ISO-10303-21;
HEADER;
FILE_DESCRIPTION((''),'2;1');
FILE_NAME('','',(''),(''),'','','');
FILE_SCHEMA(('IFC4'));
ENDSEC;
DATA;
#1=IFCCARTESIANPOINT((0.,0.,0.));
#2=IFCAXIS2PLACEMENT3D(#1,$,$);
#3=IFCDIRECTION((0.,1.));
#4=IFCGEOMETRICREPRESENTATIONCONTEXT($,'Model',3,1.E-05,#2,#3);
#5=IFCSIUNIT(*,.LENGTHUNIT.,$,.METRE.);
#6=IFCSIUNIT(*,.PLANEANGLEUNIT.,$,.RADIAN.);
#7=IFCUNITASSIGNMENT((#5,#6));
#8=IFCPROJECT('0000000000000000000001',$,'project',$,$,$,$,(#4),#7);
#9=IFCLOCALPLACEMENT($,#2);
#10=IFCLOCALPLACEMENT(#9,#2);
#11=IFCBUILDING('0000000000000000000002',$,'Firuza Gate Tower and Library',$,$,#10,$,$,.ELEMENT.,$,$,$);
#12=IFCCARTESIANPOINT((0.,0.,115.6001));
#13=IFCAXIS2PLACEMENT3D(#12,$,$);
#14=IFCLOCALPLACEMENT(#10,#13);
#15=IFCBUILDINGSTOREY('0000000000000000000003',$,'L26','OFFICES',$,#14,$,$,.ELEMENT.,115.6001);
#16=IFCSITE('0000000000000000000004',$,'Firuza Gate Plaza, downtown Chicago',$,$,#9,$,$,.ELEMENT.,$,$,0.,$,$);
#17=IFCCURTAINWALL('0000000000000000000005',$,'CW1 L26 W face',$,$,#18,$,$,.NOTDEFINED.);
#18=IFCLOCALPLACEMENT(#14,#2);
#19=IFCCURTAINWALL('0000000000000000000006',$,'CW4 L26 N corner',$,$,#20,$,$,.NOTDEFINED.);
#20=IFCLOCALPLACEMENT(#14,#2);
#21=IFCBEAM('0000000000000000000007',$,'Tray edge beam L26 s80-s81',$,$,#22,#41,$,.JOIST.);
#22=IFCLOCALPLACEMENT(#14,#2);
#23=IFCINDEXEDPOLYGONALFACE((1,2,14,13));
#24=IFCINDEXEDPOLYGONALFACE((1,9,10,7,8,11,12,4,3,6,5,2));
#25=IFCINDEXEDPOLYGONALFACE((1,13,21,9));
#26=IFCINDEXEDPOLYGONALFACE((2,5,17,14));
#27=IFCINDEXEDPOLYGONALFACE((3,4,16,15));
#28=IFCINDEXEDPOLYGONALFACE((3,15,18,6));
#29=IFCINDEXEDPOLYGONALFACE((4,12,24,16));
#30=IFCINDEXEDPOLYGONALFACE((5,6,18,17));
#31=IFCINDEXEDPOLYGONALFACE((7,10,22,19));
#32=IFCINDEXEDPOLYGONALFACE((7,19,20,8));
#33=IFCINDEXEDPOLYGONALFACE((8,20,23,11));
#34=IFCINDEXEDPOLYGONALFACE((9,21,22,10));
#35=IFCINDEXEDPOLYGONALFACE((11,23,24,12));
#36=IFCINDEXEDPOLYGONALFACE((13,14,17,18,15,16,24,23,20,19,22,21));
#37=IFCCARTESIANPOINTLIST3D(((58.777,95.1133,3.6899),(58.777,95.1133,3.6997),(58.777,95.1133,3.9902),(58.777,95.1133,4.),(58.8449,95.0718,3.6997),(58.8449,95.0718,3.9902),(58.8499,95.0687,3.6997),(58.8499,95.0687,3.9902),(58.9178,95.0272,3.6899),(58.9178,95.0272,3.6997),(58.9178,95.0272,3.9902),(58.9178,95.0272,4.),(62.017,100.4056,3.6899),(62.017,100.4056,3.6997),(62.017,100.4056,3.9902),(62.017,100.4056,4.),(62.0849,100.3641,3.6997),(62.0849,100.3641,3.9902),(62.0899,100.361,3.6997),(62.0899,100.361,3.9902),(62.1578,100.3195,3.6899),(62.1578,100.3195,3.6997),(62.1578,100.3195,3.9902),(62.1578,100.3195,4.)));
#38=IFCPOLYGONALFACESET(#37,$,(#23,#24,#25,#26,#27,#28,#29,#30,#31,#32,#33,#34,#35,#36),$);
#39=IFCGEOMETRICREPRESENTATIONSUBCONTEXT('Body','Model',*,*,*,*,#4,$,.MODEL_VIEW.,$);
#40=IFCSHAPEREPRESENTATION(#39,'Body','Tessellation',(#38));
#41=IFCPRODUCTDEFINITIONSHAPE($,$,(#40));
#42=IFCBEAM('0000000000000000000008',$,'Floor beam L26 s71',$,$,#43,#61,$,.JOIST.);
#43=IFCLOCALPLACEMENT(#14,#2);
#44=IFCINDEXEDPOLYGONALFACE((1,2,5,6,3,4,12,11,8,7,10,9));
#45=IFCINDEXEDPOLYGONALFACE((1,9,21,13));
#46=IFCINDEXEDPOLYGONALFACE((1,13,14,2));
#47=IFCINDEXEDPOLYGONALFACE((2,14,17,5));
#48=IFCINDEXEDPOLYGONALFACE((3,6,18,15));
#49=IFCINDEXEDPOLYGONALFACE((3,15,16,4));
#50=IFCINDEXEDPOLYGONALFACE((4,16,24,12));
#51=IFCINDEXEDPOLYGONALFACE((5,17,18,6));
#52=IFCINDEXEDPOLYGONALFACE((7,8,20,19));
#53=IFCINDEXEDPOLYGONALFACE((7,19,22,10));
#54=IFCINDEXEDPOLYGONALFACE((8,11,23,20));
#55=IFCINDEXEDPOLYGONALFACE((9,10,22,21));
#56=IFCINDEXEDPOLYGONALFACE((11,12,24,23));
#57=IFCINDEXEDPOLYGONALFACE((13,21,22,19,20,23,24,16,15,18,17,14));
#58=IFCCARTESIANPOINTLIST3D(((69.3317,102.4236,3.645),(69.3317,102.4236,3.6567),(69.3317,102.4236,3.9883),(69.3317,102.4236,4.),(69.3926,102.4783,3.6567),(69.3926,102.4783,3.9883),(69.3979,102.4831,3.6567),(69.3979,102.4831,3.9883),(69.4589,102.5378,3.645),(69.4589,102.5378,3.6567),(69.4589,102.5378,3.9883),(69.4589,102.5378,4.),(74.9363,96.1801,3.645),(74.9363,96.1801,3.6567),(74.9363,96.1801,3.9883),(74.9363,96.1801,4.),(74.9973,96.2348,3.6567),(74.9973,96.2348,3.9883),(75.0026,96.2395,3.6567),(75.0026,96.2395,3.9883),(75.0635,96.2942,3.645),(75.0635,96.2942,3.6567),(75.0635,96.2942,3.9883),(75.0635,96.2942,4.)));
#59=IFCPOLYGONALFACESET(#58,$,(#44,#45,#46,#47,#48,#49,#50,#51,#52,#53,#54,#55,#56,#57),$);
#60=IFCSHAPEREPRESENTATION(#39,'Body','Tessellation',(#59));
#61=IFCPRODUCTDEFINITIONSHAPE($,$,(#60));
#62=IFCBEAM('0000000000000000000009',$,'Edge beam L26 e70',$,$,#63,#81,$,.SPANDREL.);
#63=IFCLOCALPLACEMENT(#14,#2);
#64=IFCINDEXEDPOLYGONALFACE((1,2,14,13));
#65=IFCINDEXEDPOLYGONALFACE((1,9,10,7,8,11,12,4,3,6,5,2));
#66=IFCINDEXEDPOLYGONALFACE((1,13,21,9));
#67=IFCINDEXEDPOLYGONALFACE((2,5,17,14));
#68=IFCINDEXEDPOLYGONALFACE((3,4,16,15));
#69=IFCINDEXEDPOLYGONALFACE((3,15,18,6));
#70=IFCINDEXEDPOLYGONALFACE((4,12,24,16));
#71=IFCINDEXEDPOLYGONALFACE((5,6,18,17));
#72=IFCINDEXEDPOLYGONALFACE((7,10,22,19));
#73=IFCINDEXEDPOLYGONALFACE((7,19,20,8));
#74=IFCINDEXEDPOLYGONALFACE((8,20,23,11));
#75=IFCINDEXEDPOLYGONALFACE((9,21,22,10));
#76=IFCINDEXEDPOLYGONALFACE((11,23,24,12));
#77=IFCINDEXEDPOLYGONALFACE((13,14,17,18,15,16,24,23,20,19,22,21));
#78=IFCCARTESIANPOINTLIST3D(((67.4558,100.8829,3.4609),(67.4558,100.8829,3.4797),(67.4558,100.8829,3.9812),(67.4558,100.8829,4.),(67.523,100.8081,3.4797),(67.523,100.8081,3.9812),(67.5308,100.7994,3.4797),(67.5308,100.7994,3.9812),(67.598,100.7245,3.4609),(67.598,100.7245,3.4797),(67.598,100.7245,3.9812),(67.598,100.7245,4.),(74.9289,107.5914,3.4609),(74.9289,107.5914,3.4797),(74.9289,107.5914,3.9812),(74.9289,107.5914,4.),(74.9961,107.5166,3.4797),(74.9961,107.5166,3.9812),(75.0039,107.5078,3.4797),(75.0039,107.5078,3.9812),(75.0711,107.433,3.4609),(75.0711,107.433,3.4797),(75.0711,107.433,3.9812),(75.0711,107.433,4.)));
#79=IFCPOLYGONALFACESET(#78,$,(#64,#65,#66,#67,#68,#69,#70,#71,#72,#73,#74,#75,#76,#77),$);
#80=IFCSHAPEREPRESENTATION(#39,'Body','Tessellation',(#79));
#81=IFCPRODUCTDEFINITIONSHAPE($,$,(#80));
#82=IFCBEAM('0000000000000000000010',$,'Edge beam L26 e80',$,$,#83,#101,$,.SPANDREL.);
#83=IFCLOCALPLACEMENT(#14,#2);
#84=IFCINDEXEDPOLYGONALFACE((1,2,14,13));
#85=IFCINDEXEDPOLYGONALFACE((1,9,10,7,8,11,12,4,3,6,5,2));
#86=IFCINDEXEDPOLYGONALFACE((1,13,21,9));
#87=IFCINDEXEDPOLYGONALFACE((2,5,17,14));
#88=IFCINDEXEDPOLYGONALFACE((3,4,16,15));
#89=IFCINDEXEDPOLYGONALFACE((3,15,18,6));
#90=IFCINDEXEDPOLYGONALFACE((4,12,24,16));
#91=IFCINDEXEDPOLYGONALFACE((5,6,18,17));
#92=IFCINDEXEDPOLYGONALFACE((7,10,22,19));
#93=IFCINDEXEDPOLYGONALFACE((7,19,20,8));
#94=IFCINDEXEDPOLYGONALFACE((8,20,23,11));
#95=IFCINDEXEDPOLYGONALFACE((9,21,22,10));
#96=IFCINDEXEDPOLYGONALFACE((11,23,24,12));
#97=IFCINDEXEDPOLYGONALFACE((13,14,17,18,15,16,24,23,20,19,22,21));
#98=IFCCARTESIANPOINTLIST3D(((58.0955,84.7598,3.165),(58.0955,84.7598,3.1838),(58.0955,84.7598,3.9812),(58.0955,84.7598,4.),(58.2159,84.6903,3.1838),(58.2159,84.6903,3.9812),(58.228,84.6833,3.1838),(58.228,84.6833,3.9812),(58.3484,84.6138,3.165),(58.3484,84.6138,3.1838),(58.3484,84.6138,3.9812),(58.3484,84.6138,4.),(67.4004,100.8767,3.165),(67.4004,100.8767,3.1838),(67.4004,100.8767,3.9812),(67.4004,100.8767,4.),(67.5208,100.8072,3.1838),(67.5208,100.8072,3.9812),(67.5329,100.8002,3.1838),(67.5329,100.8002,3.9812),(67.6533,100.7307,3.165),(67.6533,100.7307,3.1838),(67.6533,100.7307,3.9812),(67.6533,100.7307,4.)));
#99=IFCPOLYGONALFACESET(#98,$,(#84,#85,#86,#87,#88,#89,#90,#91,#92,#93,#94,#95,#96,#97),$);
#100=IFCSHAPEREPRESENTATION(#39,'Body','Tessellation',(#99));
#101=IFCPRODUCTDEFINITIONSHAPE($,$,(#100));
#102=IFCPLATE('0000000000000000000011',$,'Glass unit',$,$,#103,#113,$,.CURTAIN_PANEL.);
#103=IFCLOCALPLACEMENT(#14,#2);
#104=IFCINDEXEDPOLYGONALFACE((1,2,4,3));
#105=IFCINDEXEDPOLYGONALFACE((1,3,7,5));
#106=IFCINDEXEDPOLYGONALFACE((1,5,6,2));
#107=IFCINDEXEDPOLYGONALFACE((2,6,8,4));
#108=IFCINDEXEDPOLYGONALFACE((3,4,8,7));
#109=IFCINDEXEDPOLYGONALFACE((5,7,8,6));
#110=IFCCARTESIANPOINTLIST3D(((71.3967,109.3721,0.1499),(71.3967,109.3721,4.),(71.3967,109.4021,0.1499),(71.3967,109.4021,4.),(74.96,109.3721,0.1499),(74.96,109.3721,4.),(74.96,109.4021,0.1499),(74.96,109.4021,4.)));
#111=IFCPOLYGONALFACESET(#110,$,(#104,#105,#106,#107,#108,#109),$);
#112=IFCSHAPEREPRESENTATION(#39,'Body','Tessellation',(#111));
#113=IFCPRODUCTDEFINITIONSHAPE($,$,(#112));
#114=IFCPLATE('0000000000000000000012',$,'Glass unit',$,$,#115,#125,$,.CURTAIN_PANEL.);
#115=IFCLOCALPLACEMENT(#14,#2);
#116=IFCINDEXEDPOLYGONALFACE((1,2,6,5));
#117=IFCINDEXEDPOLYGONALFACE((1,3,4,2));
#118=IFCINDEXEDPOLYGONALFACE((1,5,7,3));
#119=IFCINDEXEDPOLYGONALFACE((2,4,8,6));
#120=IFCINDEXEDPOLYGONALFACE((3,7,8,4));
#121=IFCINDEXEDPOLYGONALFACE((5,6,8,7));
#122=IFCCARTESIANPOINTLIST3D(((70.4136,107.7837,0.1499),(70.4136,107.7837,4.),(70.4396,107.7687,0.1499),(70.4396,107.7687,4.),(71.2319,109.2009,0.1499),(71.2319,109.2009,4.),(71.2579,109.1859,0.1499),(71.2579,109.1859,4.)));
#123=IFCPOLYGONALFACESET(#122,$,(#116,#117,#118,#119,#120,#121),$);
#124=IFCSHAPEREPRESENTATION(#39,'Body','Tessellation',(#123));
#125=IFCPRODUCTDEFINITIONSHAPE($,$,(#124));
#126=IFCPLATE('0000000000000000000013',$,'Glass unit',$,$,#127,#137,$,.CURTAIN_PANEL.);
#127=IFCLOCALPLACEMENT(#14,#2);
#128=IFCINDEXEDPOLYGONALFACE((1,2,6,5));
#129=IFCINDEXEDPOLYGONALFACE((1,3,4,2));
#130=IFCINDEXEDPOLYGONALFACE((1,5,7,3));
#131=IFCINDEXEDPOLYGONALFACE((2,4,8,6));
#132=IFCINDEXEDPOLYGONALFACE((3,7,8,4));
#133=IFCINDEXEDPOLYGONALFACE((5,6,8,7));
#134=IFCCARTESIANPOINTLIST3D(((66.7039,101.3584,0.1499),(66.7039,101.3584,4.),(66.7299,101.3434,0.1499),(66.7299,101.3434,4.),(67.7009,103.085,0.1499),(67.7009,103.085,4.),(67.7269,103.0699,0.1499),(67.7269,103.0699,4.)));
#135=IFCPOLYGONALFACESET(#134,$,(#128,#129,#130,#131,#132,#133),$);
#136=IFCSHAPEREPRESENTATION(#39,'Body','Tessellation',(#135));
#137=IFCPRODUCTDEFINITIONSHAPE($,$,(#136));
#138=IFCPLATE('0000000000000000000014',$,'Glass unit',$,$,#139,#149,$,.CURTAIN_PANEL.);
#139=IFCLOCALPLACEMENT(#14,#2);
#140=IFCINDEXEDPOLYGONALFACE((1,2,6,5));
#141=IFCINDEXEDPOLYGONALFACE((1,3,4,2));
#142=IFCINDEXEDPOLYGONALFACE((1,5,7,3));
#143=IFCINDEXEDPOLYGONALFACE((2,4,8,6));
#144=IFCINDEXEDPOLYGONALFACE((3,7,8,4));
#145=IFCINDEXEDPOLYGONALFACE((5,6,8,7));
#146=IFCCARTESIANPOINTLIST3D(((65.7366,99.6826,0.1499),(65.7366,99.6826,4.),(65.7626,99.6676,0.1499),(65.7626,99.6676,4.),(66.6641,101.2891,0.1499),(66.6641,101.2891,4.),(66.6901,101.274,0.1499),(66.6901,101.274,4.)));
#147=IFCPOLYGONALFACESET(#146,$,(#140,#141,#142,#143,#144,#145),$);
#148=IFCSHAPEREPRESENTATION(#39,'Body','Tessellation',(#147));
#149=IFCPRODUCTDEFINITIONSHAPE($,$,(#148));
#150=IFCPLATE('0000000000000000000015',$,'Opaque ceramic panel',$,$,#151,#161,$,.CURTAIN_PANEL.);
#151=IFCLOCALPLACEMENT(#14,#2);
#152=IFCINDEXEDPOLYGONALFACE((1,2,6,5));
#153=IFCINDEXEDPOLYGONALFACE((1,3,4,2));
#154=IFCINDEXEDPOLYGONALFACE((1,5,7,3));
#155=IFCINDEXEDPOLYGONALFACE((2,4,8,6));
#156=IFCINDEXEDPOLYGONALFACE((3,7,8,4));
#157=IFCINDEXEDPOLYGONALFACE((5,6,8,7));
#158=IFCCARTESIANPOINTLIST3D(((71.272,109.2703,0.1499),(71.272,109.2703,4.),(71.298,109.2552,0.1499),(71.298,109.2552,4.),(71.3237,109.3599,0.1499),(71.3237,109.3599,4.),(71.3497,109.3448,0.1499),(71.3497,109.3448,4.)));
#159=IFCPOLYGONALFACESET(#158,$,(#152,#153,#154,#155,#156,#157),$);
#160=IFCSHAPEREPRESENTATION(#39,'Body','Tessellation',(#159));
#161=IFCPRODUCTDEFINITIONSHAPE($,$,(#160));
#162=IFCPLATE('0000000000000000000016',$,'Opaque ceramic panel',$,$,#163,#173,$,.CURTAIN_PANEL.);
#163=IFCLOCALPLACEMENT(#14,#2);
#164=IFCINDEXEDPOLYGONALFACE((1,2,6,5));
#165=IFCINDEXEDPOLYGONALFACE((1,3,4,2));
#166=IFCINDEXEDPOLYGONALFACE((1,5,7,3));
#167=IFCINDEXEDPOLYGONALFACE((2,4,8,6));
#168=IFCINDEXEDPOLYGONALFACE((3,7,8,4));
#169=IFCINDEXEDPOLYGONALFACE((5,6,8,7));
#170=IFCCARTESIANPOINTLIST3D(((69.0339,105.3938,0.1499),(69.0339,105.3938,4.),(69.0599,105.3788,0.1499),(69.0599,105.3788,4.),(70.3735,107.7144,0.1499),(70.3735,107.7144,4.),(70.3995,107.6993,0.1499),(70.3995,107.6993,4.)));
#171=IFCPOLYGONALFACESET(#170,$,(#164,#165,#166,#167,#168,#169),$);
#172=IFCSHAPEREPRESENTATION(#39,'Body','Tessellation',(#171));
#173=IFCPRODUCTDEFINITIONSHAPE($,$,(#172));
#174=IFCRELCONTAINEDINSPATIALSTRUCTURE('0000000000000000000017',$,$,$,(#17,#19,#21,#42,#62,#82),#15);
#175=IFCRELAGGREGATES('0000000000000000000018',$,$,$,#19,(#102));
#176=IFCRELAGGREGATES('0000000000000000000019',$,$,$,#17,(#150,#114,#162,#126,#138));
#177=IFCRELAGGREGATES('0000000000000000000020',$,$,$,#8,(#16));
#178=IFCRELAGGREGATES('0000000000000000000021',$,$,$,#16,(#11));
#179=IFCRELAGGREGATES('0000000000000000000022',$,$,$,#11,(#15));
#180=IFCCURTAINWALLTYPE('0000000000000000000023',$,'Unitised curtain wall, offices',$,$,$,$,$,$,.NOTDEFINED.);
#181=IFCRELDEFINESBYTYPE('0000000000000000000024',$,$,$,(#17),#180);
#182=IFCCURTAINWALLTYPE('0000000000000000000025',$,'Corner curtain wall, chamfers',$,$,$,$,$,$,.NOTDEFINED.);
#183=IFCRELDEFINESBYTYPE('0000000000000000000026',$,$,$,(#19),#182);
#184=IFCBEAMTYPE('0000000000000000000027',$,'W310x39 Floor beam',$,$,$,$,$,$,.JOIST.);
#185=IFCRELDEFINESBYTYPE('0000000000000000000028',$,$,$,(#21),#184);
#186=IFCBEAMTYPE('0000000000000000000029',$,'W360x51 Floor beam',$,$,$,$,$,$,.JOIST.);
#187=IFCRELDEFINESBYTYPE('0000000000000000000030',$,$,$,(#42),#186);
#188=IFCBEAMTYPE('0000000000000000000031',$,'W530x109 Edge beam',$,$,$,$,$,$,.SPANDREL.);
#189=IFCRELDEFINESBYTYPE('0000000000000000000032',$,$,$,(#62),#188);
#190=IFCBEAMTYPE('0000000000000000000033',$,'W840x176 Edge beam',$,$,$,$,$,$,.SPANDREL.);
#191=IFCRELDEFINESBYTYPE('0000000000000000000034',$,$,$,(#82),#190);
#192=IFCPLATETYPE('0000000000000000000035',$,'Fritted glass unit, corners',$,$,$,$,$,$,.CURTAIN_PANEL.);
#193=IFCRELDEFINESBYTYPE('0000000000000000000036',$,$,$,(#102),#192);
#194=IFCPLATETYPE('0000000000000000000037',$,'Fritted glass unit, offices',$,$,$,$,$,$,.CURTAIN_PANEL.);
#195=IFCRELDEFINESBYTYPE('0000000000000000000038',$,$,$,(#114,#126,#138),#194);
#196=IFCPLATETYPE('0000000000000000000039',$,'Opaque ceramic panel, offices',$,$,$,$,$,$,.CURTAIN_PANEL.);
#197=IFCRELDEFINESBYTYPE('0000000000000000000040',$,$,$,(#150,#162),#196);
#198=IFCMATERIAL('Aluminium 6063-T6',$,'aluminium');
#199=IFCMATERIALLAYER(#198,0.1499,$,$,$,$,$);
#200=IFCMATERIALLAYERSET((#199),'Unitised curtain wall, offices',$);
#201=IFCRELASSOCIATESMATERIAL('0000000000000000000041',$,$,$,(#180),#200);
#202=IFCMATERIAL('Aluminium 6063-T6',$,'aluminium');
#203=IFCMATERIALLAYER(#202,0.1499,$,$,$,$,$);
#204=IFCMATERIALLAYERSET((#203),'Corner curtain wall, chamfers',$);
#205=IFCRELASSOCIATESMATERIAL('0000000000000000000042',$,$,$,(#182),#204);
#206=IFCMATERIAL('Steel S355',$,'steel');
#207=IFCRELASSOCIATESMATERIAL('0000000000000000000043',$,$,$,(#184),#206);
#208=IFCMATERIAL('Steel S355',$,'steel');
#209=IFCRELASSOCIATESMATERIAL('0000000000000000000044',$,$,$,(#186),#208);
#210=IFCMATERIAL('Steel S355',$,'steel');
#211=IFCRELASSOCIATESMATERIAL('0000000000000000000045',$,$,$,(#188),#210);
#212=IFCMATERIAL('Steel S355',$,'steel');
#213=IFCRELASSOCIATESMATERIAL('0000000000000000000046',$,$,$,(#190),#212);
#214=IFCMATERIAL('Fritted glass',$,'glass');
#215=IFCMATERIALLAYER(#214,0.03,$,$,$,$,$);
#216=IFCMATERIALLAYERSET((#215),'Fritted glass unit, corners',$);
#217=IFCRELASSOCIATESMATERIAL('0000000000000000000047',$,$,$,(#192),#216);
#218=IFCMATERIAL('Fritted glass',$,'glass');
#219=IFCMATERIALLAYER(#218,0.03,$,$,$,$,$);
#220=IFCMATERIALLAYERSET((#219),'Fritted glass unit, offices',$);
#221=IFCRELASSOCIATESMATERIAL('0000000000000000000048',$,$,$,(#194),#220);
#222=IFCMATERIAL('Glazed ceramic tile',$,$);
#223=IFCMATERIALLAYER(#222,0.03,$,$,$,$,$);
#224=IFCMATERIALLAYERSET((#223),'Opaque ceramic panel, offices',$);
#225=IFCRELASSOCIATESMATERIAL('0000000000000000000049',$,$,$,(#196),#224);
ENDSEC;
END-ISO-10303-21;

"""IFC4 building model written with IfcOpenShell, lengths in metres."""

from ifc_helpers import new_model, si_unit, direction, frame, origin, origin_2d, place, context, subcontext, project, spatial, polyline, i_section, outline, extrude, material, layer, layer_set, material_profile, profile_set, type_object, element, aggregate, save


model = new_model("IFC4")

# Units and contexts
model_context = context("Model", 3, precision=1e-05, world=origin(), true_north=direction((0.0, 1.0)))
body_context = subcontext(model_context, "Body", "Model", "MODEL_VIEW")
ifc_project = project(units=[si_unit("LENGTHUNIT", "METRE"), si_unit("PLANEANGLEUNIT", "RADIAN")], contexts=[model_context])

# Site, building, storey
site_placement = place(None, origin())
site = spatial("IfcSite", under=ifc_project, at=site_placement, Name="Firuza Gate Plaza, downtown Chicago", CompositionType="ELEMENT", RefElevation=0.0)
building_placement = place(site_placement, origin())
building = spatial("IfcBuilding", under=site, at=building_placement, Name="Firuza Gate Tower and Library", CompositionType="ELEMENT")
storey_placement = place(building_placement, frame((0.0, 0.0, 115.6001)))
storey = spatial("IfcBuildingStorey", under=building, at=storey_placement, Name="L26", Description="OFFICES", CompositionType="ELEMENT", Elevation=115.6001)

# Curtain wall
ifc_material_1 = material(Name="Aluminium 6063-T6", Category="aluminium")
ifc_layer_1 = layer(ifc_material_1, 0.1499)
ifc_layer_set_1 = layer_set([ifc_layer_1], Name="Unitised curtain wall, offices")
curtain_wall_type_1 = type_object("IfcCurtainWallType", Name="Unitised curtain wall, offices", PredefinedType="NOTDEFINED", material=ifc_layer_set_1)
placement = place(storey_placement, origin())
curtain_wall_1 = element("IfcCurtainWall", 1, at=placement, inside=storey, type_object=curtain_wall_type_1, Name="CW1 L26 W face", PredefinedType="NOTDEFINED")

# Curtain wall
ifc_material_2 = material(Name="Aluminium 6063-T6", Category="aluminium")
ifc_layer_2 = layer(ifc_material_2, 0.1499)
ifc_layer_set_2 = layer_set([ifc_layer_2], Name="Corner curtain wall, chamfers")
curtain_wall_type_2 = type_object("IfcCurtainWallType", Name="Corner curtain wall, chamfers", PredefinedType="NOTDEFINED", material=ifc_layer_set_2)
curtain_wall_2 = element("IfcCurtainWall", 2, at=placement, inside=storey, type_object=curtain_wall_type_2, Name="CW4 L26 N corner", PredefinedType="NOTDEFINED")

# Beams
ifc_material_3 = material(Name="Steel S355", Category="steel")
ifc_material_profile_1 = material_profile(ifc_material_3, i_section(OverallWidth=0.165, OverallDepth=0.3101, WebThickness=0.0059, FlangeThickness=0.0098, at=origin_2d()))
ifc_profile_set_1 = profile_set([ifc_material_profile_1], Name="Steel S355")
beam_type_1 = type_object("IfcBeamType", Name="W310x39 Floor beam", PredefinedType="JOIST", material=ifc_profile_set_1)
beam_1_placement = place(storey_placement, frame((62.0874, 100.3625, 3.845), z_axis=(-0.522136, -0.852862, 0.0), x_axis=(0.852862, -0.522136, 0.0)))
element("IfcBeam", 3, at=beam_1_placement, inside=storey, type_object=beam_type_1, Name="Tray edge beam L26 s80-s81", PredefinedType="JOIST", context=body_context, shape_type="SweptSolid", body=[
    extrude(i_section(OverallWidth=0.165, OverallDepth=0.3101, WebThickness=0.0059, FlangeThickness=0.0098, at=origin_2d()), origin(), (0.0, 0.0, 1.0), 6.2053),
])
ifc_material_4 = material(Name="Steel S355", Category="steel")
ifc_material_profile_2 = material_profile(ifc_material_4, i_section(OverallWidth=0.1709, OverallDepth=0.355, WebThickness=0.0071, FlangeThickness=0.0117, at=origin_2d()))
ifc_profile_set_2 = profile_set([ifc_material_profile_2], Name="Steel S355")
beam_type_2 = type_object("IfcBeamType", Name="W360x51 Floor beam", PredefinedType="JOIST", material=ifc_profile_set_2)
beam_2_placement = place(storey_placement, frame((69.3953, 102.4807, 3.8225), z_axis=(0.668006, -0.744156, 0.0), x_axis=(0.744156, 0.668006, 0.0)))
element("IfcBeam", 4, at=beam_2_placement, inside=storey, type_object=beam_type_2, Name="Floor beam L26 s71", PredefinedType="JOIST", context=body_context, shape_type="SweptSolid", body=[
    extrude(i_section(OverallWidth=0.1709, OverallDepth=0.355, WebThickness=0.0071, FlangeThickness=0.0117, at=origin_2d()), origin(), (0.0, 0.0, 1.0), 8.3901),
])
ifc_material_5 = material(Name="Steel S355", Category="steel")
ifc_material_profile_3 = material_profile(ifc_material_5, i_section(OverallWidth=0.2129, OverallDepth=0.5391, WebThickness=0.0117, FlangeThickness=0.0188, at=origin_2d()))
ifc_profile_set_3 = profile_set([ifc_material_profile_3], Name="Steel S355")
beam_type_3 = type_object("IfcBeamType", Name="W530x109 Edge beam", PredefinedType="SPANDREL", material=ifc_profile_set_3)
beam_3_placement = place(storey_placement, frame((75.0, 107.5122, 3.7305), z_axis=(-0.744152, -0.668011, 0.0), x_axis=(0.668011, -0.744152, 0.0)))
element("IfcBeam", 5, at=beam_3_placement, inside=storey, type_object=beam_type_3, Name="Edge beam L26 e70", PredefinedType="SPANDREL", context=body_context, shape_type="SweptSolid", body=[
    extrude(i_section(OverallWidth=0.2129, OverallDepth=0.5391, WebThickness=0.0117, FlangeThickness=0.0188, at=origin_2d()), origin(), (0.0, 0.0, 1.0), 10.0425),
])
ifc_material_6 = material(Name="Steel S355", Category="steel")
ifc_material_profile_4 = material_profile(ifc_material_6, i_section(OverallWidth=0.292, OverallDepth=0.835, WebThickness=0.0139, FlangeThickness=0.0188, at=origin_2d()))
ifc_profile_set_4 = profile_set([ifc_material_profile_4], Name="Steel S355")
beam_type_4 = type_object("IfcBeamType", Name="W840x176 Edge beam", PredefinedType="SPANDREL", material=ifc_profile_set_4)
beam_4_placement = place(storey_placement, frame((67.5269, 100.8037, 3.5825), z_axis=(-0.499992, -0.86603, 0.0), x_axis=(0.86603, -0.499992, 0.0)))
element("IfcBeam", 6, at=beam_4_placement, inside=storey, type_object=beam_type_4, Name="Edge beam L26 e80", PredefinedType="SPANDREL", context=body_context, shape_type="SweptSolid", body=[
    extrude(i_section(OverallWidth=0.292, OverallDepth=0.835, WebThickness=0.0139, FlangeThickness=0.0188, at=origin_2d()), origin(), (0.0, 0.0, 1.0), 18.6101),
])

# Plates
ifc_material_7 = material(Name="Fritted glass", Category="glass")
ifc_layer_3 = layer(ifc_material_7, 0.03)
ifc_layer_set_3 = layer_set([ifc_layer_3], Name="Fritted glass unit, corners")
plate_type_1 = type_object("IfcPlateType", Name="Fritted glass unit, corners", PredefinedType="CURTAIN_PANEL", material=ifc_layer_set_3)
plate_1_placement = place(storey_placement, frame((74.96, 109.4021, 0.1499), z_axis=(0.0, 1.0, 0.0), x_axis=(-1.0, 0.0, 0.0)))
plate_1 = element("IfcPlate", 7, at=plate_1_placement, type_object=plate_type_1, Name="Glass unit", PredefinedType="CURTAIN_PANEL", context=body_context, shape_type="SweptSolid", body=[
    extrude(outline(polyline([(0.0, 0.0), (3.5632, 0.0), (3.5632, 3.8501), (0.0, 3.8501), (0.0, 0.0)])), origin(), (0.0, 0.0, -1.0), 0.03),
])
aggregate(curtain_wall_2, [plate_1])
ifc_material_8 = material(Name="Fritted glass", Category="glass")
ifc_layer_4 = layer(ifc_material_8, 0.03)
ifc_layer_set_4 = layer_set([ifc_layer_4], Name="Fritted glass unit, offices")
plate_type_2 = type_object("IfcPlateType", Name="Fritted glass unit, offices", PredefinedType="CURTAIN_PANEL", material=ifc_layer_set_4)
plate_2_placement = place(storey_placement, frame((71.2319, 109.2009, 0.1499), z_axis=(-0.865994, 0.500054, 0.0), x_axis=(-0.500054, -0.865994, 0.0)))
plate_2 = element("IfcPlate", 8, at=plate_2_placement, type_object=plate_type_2, Name="Glass unit", PredefinedType="CURTAIN_PANEL", context=body_context, shape_type="SweptSolid", body=[
    extrude(outline(polyline([(0.0, 0.0), (1.6365, 0.0), (1.6365, 3.8501), (0.0, 3.8501), (0.0, 0.0)])), origin(), (0.0, 0.0, -1.0), 0.03),
])
plate_3_placement = place(storey_placement, frame((67.7009, 103.085, 0.1499), z_axis=(-0.865973, 0.50009, 0.0), x_axis=(-0.50009, -0.865973, 0.0)))
plate_3 = element("IfcPlate", 9, at=plate_3_placement, type_object=plate_type_2, Name="Glass unit", PredefinedType="CURTAIN_PANEL", context=body_context, shape_type="SweptSolid", body=[
    extrude(outline(polyline([(0.0, 0.0), (1.9938, 0.0), (1.9938, 3.8501), (0.0, 3.8501), (0.0, 0.0)])), origin(), (0.0, 0.0, -1.0), 0.03),
])
plate_4_placement = place(storey_placement, frame((66.6641, 101.2891, 0.1499), z_axis=(-0.866023, 0.500003, 0.0), x_axis=(-0.500003, -0.866023, 0.0)))
plate_4 = element("IfcPlate", 10, at=plate_4_placement, type_object=plate_type_2, Name="Glass unit", PredefinedType="CURTAIN_PANEL", context=body_context, shape_type="SweptSolid", body=[
    extrude(outline(polyline([(0.0, 0.0), (1.855, 0.0), (1.855, 3.8501), (0.0, 3.8501), (0.0, 0.0)])), origin(), (0.0, 0.0, -1.0), 0.03),
])
ifc_material_9 = material(Name="Glazed ceramic tile")
ifc_layer_5 = layer(ifc_material_9, 0.03)
ifc_layer_set_5 = layer_set([ifc_layer_5], Name="Opaque ceramic panel, offices")
plate_type_3 = type_object("IfcPlateType", Name="Opaque ceramic panel, offices", PredefinedType="CURTAIN_PANEL", material=ifc_layer_set_5)
plate_5_placement = place(storey_placement, frame((71.3237, 109.3599, 0.1499), z_axis=(-0.86591, 0.500199, 0.0), x_axis=(-0.500199, -0.86591, 0.0)))
plate_5 = element("IfcPlate", 11, at=plate_5_placement, type_object=plate_type_3, Name="Opaque ceramic panel", PredefinedType="CURTAIN_PANEL", context=body_context, shape_type="SweptSolid", body=[
    extrude(outline(polyline([(0.0, 0.0), (0.1035, 0.0), (0.1035, 3.8501), (0.0, 3.8501), (0.0, 0.0)])), origin(), (0.0, 0.0, -1.0), 0.03),
])
plate_6_placement = place(storey_placement, frame((70.3735, 107.7144, 0.1499), z_axis=(-0.866054, 0.499951, 0.0), x_axis=(-0.499951, -0.866054, 0.0)))
plate_6 = element("IfcPlate", 12, at=plate_6_placement, type_object=plate_type_3, Name="Opaque ceramic panel", PredefinedType="CURTAIN_PANEL", context=body_context, shape_type="SweptSolid", body=[
    extrude(outline(polyline([(0.0, 0.0), (2.6795, 0.0), (2.6795, 3.8501), (0.0, 3.8501), (0.0, 0.0)])), origin(), (0.0, 0.0, -1.0), 0.03),
])
aggregate(curtain_wall_1, [plate_5, plate_2, plate_6, plate_3, plate_4])

save(model, "model.ifc")
